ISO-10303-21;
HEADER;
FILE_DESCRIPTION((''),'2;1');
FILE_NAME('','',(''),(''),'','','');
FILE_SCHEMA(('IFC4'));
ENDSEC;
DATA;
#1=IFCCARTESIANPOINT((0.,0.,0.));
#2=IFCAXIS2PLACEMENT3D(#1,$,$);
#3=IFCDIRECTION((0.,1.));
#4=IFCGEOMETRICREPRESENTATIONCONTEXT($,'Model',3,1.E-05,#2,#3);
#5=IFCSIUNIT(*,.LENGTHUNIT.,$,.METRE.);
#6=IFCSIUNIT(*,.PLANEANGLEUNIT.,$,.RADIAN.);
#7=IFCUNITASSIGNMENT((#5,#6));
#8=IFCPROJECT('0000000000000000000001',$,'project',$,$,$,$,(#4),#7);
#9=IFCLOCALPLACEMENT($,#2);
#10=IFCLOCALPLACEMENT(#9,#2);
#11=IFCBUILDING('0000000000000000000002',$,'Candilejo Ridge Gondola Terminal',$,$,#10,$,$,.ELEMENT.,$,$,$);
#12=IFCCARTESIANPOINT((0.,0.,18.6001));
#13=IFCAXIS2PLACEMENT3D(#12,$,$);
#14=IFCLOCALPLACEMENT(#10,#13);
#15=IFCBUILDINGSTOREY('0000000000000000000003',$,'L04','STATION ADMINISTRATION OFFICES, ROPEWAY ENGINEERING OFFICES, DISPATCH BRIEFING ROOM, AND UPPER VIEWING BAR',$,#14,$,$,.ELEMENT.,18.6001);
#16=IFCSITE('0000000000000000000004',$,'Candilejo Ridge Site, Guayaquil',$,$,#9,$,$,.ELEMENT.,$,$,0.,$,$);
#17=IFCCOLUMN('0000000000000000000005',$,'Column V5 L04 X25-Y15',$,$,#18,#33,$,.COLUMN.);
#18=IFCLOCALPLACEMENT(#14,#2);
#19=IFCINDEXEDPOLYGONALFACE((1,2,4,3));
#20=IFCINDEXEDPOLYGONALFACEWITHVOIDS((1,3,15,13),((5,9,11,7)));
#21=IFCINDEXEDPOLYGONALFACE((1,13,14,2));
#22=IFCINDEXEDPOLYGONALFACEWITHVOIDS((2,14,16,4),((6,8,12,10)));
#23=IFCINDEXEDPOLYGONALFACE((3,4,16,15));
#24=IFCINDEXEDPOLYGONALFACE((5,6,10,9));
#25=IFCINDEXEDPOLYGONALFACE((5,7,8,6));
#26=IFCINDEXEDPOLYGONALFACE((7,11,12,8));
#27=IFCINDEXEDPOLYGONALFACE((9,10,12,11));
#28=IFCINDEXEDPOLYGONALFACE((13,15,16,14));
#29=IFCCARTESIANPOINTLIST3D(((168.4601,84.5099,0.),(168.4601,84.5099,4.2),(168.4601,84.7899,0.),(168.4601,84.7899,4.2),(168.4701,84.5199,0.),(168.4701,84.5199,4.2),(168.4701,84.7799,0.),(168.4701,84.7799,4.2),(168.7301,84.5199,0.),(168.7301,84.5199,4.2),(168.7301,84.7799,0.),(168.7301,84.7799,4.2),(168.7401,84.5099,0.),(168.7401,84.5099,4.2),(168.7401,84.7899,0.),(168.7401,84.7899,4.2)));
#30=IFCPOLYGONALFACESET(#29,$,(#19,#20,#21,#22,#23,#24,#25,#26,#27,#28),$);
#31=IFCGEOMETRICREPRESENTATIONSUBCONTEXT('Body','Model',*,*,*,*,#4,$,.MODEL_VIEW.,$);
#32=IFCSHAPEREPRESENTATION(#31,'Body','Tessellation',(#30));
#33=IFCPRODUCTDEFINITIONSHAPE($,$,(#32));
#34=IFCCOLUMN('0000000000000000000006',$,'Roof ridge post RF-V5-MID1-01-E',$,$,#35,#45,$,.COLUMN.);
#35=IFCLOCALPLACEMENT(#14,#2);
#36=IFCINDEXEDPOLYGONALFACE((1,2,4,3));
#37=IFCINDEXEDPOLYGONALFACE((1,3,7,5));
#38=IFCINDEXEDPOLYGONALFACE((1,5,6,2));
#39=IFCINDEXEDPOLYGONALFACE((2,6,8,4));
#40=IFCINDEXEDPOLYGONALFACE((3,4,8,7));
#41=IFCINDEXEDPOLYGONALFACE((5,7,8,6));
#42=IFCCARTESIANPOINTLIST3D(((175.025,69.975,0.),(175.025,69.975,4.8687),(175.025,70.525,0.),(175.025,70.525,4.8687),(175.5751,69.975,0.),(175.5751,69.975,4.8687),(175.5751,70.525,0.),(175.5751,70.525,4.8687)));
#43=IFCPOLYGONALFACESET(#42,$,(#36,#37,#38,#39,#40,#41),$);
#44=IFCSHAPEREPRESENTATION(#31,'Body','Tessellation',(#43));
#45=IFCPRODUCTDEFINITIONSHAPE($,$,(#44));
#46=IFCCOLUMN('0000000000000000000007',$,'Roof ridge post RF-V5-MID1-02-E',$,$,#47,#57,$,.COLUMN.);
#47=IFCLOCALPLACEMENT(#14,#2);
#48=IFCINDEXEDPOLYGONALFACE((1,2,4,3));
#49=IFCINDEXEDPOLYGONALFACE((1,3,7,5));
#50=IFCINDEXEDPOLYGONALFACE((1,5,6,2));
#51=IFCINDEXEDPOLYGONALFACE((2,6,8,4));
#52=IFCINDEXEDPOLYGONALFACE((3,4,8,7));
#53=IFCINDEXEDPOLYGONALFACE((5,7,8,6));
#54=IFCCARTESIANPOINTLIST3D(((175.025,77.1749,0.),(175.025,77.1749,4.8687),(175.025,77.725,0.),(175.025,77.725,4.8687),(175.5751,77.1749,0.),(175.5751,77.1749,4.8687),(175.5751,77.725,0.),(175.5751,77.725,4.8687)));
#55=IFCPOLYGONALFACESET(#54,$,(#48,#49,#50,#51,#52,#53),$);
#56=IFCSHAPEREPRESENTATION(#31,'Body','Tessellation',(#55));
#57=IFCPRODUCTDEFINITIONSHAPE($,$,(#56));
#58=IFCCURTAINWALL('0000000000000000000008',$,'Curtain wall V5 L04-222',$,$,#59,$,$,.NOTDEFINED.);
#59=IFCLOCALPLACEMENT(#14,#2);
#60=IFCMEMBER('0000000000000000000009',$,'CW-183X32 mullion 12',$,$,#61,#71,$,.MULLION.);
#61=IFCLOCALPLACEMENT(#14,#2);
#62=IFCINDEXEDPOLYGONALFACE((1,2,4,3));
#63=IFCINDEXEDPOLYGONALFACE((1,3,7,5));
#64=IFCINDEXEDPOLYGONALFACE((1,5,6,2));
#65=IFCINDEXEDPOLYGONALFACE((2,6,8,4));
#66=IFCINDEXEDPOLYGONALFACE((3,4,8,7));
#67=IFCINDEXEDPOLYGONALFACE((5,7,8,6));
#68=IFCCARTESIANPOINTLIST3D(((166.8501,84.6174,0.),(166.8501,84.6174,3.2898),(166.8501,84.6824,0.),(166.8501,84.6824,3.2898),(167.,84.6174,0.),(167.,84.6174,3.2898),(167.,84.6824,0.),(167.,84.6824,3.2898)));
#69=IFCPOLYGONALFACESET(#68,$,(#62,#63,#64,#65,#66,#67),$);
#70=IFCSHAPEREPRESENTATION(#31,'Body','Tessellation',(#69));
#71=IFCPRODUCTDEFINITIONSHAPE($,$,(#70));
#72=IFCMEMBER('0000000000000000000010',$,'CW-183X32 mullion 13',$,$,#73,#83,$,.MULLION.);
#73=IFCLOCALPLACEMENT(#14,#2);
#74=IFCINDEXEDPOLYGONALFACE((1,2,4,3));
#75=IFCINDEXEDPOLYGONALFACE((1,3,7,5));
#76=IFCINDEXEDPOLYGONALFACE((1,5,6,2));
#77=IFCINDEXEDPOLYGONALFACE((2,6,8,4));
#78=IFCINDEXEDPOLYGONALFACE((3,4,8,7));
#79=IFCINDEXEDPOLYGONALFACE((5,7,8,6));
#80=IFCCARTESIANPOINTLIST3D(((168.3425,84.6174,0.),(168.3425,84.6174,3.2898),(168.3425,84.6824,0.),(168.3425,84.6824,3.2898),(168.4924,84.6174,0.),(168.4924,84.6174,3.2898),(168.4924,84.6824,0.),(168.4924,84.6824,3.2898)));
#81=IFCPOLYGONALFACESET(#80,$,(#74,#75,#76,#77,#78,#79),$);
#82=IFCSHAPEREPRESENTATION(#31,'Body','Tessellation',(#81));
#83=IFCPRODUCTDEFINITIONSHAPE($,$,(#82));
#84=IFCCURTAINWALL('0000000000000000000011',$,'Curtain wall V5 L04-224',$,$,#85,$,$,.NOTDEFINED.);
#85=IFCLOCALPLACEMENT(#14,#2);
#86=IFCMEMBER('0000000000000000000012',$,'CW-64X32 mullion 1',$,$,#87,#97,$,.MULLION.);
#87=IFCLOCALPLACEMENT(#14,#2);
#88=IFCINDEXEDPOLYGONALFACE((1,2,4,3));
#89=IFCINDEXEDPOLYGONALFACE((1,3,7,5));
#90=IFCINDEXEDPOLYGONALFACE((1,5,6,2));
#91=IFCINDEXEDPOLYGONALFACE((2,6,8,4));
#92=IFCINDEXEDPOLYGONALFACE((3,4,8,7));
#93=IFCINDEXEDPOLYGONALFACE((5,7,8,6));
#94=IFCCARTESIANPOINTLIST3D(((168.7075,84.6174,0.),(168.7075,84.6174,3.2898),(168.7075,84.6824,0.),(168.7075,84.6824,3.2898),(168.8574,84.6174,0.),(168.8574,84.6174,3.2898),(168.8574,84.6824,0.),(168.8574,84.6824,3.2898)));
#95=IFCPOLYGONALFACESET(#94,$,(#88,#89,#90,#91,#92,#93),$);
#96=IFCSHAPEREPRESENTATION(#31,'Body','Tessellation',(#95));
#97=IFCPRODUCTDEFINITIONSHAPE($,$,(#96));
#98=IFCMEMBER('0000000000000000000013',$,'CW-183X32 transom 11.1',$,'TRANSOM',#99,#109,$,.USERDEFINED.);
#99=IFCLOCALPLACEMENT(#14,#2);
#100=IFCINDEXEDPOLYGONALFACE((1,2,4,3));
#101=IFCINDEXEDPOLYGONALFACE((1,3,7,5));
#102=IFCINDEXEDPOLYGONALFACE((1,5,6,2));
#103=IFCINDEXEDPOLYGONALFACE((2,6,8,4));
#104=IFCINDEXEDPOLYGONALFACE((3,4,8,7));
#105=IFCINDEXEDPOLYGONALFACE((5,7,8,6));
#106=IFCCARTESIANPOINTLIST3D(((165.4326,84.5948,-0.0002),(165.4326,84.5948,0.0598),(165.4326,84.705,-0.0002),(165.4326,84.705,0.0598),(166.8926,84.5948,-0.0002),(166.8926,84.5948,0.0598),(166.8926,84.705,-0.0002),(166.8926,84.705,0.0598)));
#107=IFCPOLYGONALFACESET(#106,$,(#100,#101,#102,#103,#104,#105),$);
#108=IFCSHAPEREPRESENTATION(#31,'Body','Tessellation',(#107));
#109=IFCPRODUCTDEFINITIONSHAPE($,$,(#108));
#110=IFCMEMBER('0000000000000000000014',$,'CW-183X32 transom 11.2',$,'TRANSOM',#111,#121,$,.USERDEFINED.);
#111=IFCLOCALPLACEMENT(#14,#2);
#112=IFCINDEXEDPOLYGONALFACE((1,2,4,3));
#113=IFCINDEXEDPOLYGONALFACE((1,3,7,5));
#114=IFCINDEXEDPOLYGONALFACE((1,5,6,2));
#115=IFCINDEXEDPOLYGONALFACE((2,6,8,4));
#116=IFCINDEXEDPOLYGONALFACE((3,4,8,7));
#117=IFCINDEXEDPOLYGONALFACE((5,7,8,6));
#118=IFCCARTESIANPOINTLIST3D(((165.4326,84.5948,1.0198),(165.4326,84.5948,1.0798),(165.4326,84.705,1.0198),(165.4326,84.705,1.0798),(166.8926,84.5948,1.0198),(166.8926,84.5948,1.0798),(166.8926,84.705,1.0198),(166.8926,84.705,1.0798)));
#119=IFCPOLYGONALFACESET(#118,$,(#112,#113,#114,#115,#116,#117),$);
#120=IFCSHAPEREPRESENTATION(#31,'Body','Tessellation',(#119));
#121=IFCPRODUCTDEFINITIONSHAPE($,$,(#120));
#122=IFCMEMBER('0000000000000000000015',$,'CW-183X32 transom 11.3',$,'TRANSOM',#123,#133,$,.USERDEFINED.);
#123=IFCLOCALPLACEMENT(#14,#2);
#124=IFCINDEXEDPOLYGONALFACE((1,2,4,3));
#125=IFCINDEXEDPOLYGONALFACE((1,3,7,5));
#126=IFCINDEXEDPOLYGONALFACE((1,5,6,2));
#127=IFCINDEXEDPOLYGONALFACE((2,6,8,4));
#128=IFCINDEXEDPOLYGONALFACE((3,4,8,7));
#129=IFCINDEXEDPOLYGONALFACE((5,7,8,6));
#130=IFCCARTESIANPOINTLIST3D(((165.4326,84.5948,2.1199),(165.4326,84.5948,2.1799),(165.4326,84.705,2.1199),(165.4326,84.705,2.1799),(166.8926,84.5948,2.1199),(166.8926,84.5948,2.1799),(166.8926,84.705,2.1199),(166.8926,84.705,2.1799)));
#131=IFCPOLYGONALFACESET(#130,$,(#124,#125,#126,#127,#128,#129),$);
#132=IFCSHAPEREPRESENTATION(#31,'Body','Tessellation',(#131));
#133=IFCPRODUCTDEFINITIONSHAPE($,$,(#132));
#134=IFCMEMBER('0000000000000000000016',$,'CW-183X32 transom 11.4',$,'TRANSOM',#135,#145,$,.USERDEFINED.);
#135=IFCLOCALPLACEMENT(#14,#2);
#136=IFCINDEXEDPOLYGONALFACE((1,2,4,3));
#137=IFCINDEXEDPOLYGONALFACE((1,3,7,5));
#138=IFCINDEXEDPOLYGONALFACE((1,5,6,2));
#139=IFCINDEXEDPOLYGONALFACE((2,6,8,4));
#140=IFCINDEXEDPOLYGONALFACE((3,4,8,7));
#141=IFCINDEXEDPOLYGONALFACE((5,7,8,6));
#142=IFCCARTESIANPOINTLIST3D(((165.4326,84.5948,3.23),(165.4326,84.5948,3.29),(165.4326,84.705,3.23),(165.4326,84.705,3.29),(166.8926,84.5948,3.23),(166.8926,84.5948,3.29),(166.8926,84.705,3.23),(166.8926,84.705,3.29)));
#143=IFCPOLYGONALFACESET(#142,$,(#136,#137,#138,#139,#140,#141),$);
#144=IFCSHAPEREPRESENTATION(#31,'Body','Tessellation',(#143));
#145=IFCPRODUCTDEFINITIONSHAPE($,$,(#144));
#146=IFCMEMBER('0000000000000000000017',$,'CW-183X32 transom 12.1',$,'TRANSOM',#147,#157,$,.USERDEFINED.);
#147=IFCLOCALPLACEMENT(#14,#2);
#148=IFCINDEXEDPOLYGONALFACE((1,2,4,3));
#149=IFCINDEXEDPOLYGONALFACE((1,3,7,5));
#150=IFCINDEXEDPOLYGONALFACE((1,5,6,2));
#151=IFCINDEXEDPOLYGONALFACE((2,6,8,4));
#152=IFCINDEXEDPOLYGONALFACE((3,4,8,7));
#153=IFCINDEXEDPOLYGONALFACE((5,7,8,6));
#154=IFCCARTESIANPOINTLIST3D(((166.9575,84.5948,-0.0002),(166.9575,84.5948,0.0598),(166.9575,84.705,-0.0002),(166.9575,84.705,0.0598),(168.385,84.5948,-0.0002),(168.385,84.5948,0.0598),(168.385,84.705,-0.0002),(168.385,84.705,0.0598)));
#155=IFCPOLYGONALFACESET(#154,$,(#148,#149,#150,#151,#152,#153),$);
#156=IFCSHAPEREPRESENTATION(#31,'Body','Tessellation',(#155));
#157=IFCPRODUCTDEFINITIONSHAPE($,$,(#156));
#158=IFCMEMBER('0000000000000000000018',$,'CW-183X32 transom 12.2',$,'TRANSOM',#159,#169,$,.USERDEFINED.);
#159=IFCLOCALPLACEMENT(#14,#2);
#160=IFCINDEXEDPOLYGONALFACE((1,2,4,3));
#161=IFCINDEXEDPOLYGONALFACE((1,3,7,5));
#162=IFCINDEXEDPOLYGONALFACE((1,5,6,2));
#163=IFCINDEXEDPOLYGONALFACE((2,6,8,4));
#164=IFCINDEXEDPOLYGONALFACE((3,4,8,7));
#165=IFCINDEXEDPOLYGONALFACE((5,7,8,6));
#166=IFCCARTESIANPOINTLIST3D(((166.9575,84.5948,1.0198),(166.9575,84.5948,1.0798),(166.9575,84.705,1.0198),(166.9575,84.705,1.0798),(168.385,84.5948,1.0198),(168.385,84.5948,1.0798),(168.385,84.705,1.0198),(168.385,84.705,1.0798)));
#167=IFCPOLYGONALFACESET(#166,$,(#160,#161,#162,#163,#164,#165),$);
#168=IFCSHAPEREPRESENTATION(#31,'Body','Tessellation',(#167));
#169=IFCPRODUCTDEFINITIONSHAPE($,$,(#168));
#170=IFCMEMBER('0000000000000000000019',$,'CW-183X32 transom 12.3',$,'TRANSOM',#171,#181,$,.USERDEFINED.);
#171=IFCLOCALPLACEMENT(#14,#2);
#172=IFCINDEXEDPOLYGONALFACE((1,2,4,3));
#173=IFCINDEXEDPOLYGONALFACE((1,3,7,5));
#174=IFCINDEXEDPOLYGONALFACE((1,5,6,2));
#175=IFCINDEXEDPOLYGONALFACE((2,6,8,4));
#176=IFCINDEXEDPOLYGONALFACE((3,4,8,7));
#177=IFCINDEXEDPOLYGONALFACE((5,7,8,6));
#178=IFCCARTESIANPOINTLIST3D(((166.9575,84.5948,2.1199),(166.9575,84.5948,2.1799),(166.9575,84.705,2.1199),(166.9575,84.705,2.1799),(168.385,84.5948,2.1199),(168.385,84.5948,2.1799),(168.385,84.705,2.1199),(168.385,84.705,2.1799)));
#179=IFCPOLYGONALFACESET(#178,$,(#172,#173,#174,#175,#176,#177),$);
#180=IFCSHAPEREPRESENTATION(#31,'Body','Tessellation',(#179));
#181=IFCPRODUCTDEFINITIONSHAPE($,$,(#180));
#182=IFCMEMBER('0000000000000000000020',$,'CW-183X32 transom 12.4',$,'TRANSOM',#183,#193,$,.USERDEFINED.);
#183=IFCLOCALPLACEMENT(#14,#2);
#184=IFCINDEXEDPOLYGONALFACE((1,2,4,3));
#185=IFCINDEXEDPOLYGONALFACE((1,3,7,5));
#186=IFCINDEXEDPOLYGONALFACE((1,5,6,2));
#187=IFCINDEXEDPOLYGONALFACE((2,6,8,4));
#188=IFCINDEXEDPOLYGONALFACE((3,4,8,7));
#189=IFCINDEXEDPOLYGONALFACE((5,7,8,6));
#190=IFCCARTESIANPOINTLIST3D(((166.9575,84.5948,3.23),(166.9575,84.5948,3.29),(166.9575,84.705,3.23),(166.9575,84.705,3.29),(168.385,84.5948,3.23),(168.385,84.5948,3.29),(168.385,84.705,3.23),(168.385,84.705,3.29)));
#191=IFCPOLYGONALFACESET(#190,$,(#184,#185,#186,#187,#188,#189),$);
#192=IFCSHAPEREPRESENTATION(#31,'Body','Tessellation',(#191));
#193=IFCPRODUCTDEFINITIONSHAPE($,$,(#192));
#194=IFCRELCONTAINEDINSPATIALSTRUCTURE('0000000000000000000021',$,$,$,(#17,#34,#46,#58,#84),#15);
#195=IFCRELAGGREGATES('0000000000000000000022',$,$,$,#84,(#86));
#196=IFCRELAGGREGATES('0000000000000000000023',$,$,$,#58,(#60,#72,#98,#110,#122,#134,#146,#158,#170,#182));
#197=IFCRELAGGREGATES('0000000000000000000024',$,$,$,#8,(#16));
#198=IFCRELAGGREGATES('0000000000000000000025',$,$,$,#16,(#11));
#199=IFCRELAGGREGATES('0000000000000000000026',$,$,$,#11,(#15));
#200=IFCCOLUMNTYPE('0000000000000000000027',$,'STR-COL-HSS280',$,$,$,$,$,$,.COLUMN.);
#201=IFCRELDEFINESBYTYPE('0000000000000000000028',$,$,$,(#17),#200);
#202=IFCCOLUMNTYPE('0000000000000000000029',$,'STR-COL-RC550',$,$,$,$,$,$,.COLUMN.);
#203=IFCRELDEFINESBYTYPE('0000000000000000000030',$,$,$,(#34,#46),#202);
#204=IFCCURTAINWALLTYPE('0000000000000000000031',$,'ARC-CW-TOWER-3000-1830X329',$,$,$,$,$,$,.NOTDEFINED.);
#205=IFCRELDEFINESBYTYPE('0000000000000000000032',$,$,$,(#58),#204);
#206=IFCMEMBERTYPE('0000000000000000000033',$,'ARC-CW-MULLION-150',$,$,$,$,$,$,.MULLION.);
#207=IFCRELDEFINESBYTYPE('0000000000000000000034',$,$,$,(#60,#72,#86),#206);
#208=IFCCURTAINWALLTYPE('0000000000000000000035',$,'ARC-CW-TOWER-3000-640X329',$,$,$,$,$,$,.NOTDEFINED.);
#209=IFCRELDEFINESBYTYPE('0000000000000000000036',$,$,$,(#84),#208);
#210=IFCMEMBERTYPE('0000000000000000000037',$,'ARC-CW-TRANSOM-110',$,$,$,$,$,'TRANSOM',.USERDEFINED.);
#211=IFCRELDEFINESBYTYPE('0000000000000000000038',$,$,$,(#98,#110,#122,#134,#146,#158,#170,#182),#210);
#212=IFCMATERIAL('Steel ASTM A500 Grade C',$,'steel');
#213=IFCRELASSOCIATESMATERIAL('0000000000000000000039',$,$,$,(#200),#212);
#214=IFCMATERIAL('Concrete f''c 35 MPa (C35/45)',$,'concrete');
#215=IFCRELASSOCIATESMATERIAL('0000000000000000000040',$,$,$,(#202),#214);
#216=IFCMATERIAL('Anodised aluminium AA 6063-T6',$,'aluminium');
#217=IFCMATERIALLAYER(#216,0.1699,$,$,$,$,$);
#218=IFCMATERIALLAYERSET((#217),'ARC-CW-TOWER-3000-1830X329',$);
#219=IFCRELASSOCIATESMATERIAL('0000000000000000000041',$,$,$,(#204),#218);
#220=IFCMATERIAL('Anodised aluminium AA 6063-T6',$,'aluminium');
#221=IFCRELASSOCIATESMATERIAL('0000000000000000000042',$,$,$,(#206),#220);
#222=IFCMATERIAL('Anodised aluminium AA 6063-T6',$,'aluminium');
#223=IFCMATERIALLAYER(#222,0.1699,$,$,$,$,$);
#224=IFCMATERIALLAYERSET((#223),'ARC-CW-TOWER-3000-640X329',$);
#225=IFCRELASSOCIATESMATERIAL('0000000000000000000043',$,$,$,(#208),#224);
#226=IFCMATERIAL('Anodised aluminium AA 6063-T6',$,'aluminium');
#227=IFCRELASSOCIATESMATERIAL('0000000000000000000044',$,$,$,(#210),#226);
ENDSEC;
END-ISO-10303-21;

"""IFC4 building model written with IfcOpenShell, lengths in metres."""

from ifc_helpers import new_model, si_unit, direction, frame, origin, origin_2d, place, context, subcontext, project, spatial, rectangle, hollow_rectangle, extrude, material, layer, layer_set, material_profile, profile_set, type_object, element, aggregate, save


model = new_model("IFC4")

# Units and contexts
model_context = context("Model", 3, precision=1e-05, world=origin(), true_north=direction((0.0, 1.0)))
body_context = subcontext(model_context, "Body", "Model", "MODEL_VIEW")
ifc_project = project(units=[si_unit("LENGTHUNIT", "METRE"), si_unit("PLANEANGLEUNIT", "RADIAN")], contexts=[model_context])

# Site, building, storey
site_placement = place(None, origin())
site = spatial("IfcSite", under=ifc_project, at=site_placement, Name="Candilejo Ridge Site, Guayaquil", CompositionType="ELEMENT", RefElevation=0.0)
building_placement = place(site_placement, origin())
building = spatial("IfcBuilding", under=site, at=building_placement, Name="Candilejo Ridge Gondola Terminal", CompositionType="ELEMENT")
storey_placement = place(building_placement, frame((0.0, 0.0, 18.6001)))
storey = spatial("IfcBuildingStorey", under=building, at=storey_placement, Name="L04", Description="STATION ADMINISTRATION OFFICES, ROPEWAY ENGINEERING OFFICES, DISPATCH BRIEFING ROOM, AND UPPER VIEWING BAR", CompositionType="ELEMENT", Elevation=18.6001)

# Columns
ifc_material_1 = material(Name="Steel ASTM A500 Grade C", Category="steel")
ifc_material_profile_1 = material_profile(ifc_material_1, hollow_rectangle(XDim=0.28, YDim=0.28, WallThickness=0.01, at=origin_2d()))
ifc_profile_set_1 = profile_set([ifc_material_profile_1], Name="Steel ASTM A500 Grade C")
column_type_1 = type_object("IfcColumnType", Name="STR-COL-HSS280", PredefinedType="COLUMN", material=ifc_profile_set_1)
column_placement = place(storey_placement, frame((168.6001, 84.6499, 0.0), z_axis=(0.0, 0.0, 1.0), x_axis=(1.0, 0.0, 0.0)))
element("IfcColumn", 1, at=column_placement, inside=storey, type_object=column_type_1, Name="Column V5 L04 X25-Y15", PredefinedType="COLUMN", context=body_context, shape_type="SweptSolid", body=[
    extrude(hollow_rectangle(XDim=0.28, YDim=0.28, WallThickness=0.01, at=origin_2d()), origin(), (0.0, 0.0, 1.0), 4.2),
])
ifc_material_2 = material(Name="Concrete f'c 35 MPa (C35/45)", Category="concrete")
ifc_material_profile_2 = material_profile(ifc_material_2, rectangle(XDim=0.55, YDim=0.55, at=origin_2d()))
ifc_profile_set_2 = profile_set([ifc_material_profile_2], Name="Concrete f'c 35 MPa (C35/45)")
column_type_2 = type_object("IfcColumnType", Name="STR-COL-RC550", PredefinedType="COLUMN", material=ifc_profile_set_2)
for number, where, z_axis, x_axis, name in (
    (2, (175.3, 70.25, 0.0), (0.0, 0.0, 1.0), (1.0, 0.0, 0.0), "Roof ridge post RF-V5-MID1-01-E"),
    (3, (175.3, 77.45, 0.0), (0.0, 0.0, 1.0), (1.0, 0.0, 0.0), "Roof ridge post RF-V5-MID1-02-E"),
):
    element("IfcColumn", number, at=place(storey_placement, frame(where, z_axis=z_axis, x_axis=x_axis)), inside=storey, type_object=column_type_2, Name=name, PredefinedType="COLUMN", context=body_context, shape_type="SweptSolid", body=[
        extrude(rectangle(XDim=0.55, YDim=0.55, at=origin_2d()), origin(), (0.0, 0.0, 1.0), 4.8687),
    ])

# Curtain wall, members
ifc_material_3 = material(Name="Anodised aluminium AA 6063-T6", Category="aluminium")
ifc_layer_1 = layer(ifc_material_3, 0.1699)
ifc_layer_set_1 = layer_set([ifc_layer_1], Name="ARC-CW-TOWER-3000-1830X329")
curtain_wall_type_1 = type_object("IfcCurtainWallType", Name="ARC-CW-TOWER-3000-1830X329", PredefinedType="NOTDEFINED", material=ifc_layer_set_1)
curtain_wall_1_placement = place(storey_placement, origin())
curtain_wall_1 = element("IfcCurtainWall", 4, at=curtain_wall_1_placement, inside=storey, type_object=curtain_wall_type_1, Name="Curtain wall V5 L04-222", PredefinedType="NOTDEFINED")
ifc_material_4 = material(Name="Anodised aluminium AA 6063-T6", Category="aluminium")
ifc_material_profile_3 = material_profile(ifc_material_4, rectangle(XDim=0.0649, YDim=0.1499, at=origin_2d()))
ifc_profile_set_3 = profile_set([ifc_material_profile_3], Name="Anodised aluminium AA 6063-T6")
member_type_1 = type_object("IfcMemberType", Name="ARC-CW-MULLION-150", PredefinedType="MULLION", material=ifc_profile_set_3)
member_1_placement = place(storey_placement, frame((166.925, 84.6499, 0.0), z_axis=(0.0, 0.0, 1.0), x_axis=(0.0, 1.0, 0.0)))
member_1 = element("IfcMember", 5, at=member_1_placement, type_object=member_type_1, Name="CW-183X32 mullion 12", PredefinedType="MULLION", context=body_context, shape_type="SweptSolid", body=[
    extrude(rectangle(XDim=0.0649, YDim=0.1499, at=origin_2d()), origin(), (0.0, 0.0, 1.0), 3.2898),
])
member_2_placement = place(storey_placement, frame((168.4175, 84.6499, 0.0), z_axis=(0.0, 0.0, 1.0), x_axis=(0.0, 1.0, 0.0)))
member_2 = element("IfcMember", 6, at=member_2_placement, type_object=member_type_1, Name="CW-183X32 mullion 13", PredefinedType="MULLION", context=body_context, shape_type="SweptSolid", body=[
    extrude(rectangle(XDim=0.0649, YDim=0.1499, at=origin_2d()), origin(), (0.0, 0.0, 1.0), 3.2898),
])

# Curtain wall, member
ifc_material_5 = material(Name="Anodised aluminium AA 6063-T6", Category="aluminium")
ifc_layer_2 = layer(ifc_material_5, 0.1699)
ifc_layer_set_2 = layer_set([ifc_layer_2], Name="ARC-CW-TOWER-3000-640X329")
curtain_wall_type_2 = type_object("IfcCurtainWallType", Name="ARC-CW-TOWER-3000-640X329", PredefinedType="NOTDEFINED", material=ifc_layer_set_2)
curtain_wall_2_placement = place(storey_placement, origin())
curtain_wall_2 = element("IfcCurtainWall", 7, at=curtain_wall_2_placement, inside=storey, type_object=curtain_wall_type_2, Name="Curtain wall V5 L04-224", PredefinedType="NOTDEFINED")
member_3_placement = place(storey_placement, frame((168.7825, 84.6499, 0.0), z_axis=(0.0, 0.0, 1.0), x_axis=(0.0, 1.0, 0.0)))
member_3 = element("IfcMember", 8, at=member_3_placement, type_object=member_type_1, Name="CW-64X32 mullion 1", PredefinedType="MULLION", context=body_context, shape_type="SweptSolid", body=[
    extrude(rectangle(XDim=0.0649, YDim=0.1499, at=origin_2d()), origin(), (0.0, 0.0, 1.0), 3.2898),
])

# Members
ifc_material_6 = material(Name="Anodised aluminium AA 6063-T6", Category="aluminium")
ifc_material_profile_4 = material_profile(ifc_material_6, rectangle(XDim=0.1101, YDim=0.0601, at=origin_2d()))
ifc_profile_set_4 = profile_set([ifc_material_profile_4], Name="Anodised aluminium AA 6063-T6")
member_type_2 = type_object("IfcMemberType", Name="ARC-CW-TRANSOM-110", ElementType="TRANSOM", PredefinedType="USERDEFINED", material=ifc_profile_set_4)
member_4_placement = place(storey_placement, frame((165.4326, 84.6499, 0.0298), z_axis=(1.0, 0.0, 0.0), x_axis=(0.0, 1.0, 0.0)))
member_4 = element("IfcMember", 9, at=member_4_placement, type_object=member_type_2, Name="CW-183X32 transom 11.1", ObjectType="TRANSOM", PredefinedType="USERDEFINED", context=body_context, shape_type="SweptSolid", body=[
    extrude(rectangle(XDim=0.1101, YDim=0.0601, at=origin_2d()), origin(), (0.0, 0.0, 1.0), 1.46),
])
member_5_placement = place(storey_placement, frame((165.4326, 84.6499, 1.0498), z_axis=(1.0, 0.0, 0.0), x_axis=(0.0, 1.0, 0.0)))
member_5 = element("IfcMember", 10, at=member_5_placement, type_object=member_type_2, Name="CW-183X32 transom 11.2", ObjectType="TRANSOM", PredefinedType="USERDEFINED", context=body_context, shape_type="SweptSolid", body=[
    extrude(rectangle(XDim=0.1101, YDim=0.0601, at=origin_2d()), origin(), (0.0, 0.0, 1.0), 1.46),
])
member_6_placement = place(storey_placement, frame((165.4326, 84.6499, 2.1499), z_axis=(1.0, 0.0, 0.0), x_axis=(0.0, 1.0, 0.0)))
member_6 = element("IfcMember", 11, at=member_6_placement, type_object=member_type_2, Name="CW-183X32 transom 11.3", ObjectType="TRANSOM", PredefinedType="USERDEFINED", context=body_context, shape_type="SweptSolid", body=[
    extrude(rectangle(XDim=0.1101, YDim=0.0601, at=origin_2d()), origin(), (0.0, 0.0, 1.0), 1.46),
])
member_7_placement = place(storey_placement, frame((165.4326, 84.6499, 3.26), z_axis=(1.0, 0.0, 0.0), x_axis=(0.0, 1.0, 0.0)))
member_7 = element("IfcMember", 12, at=member_7_placement, type_object=member_type_2, Name="CW-183X32 transom 11.4", ObjectType="TRANSOM", PredefinedType="USERDEFINED", context=body_context, shape_type="SweptSolid", body=[
    extrude(rectangle(XDim=0.1101, YDim=0.0601, at=origin_2d()), origin(), (0.0, 0.0, 1.0), 1.46),
])
member_8_placement = place(storey_placement, frame((166.9575, 84.6499, 0.0298), z_axis=(1.0, 0.0, 0.0), x_axis=(0.0, 1.0, 0.0)))
member_8 = element("IfcMember", 13, at=member_8_placement, type_object=member_type_2, Name="CW-183X32 transom 12.1", ObjectType="TRANSOM", PredefinedType="USERDEFINED", context=body_context, shape_type="SweptSolid", body=[
    extrude(rectangle(XDim=0.1101, YDim=0.0601, at=origin_2d()), origin(), (0.0, 0.0, 1.0), 1.4275),
])
member_9_placement = place(storey_placement, frame((166.9575, 84.6499, 1.0498), z_axis=(1.0, 0.0, 0.0), x_axis=(0.0, 1.0, 0.0)))
member_9 = element("IfcMember", 14, at=member_9_placement, type_object=member_type_2, Name="CW-183X32 transom 12.2", ObjectType="TRANSOM", PredefinedType="USERDEFINED", context=body_context, shape_type="SweptSolid", body=[
    extrude(rectangle(XDim=0.1101, YDim=0.0601, at=origin_2d()), origin(), (0.0, 0.0, 1.0), 1.4275),
])
member_10_placement = place(storey_placement, frame((166.9575, 84.6499, 2.1499), z_axis=(1.0, 0.0, 0.0), x_axis=(0.0, 1.0, 0.0)))
member_10 = element("IfcMember", 15, at=member_10_placement, type_object=member_type_2, Name="CW-183X32 transom 12.3", ObjectType="TRANSOM", PredefinedType="USERDEFINED", context=body_context, shape_type="SweptSolid", body=[
    extrude(rectangle(XDim=0.1101, YDim=0.0601, at=origin_2d()), origin(), (0.0, 0.0, 1.0), 1.4275),
])
member_11_placement = place(storey_placement, frame((166.9575, 84.6499, 3.26), z_axis=(1.0, 0.0, 0.0), x_axis=(0.0, 1.0, 0.0)))
member_11 = element("IfcMember", 16, at=member_11_placement, type_object=member_type_2, Name="CW-183X32 transom 12.4", ObjectType="TRANSOM", PredefinedType="USERDEFINED", context=body_context, shape_type="SweptSolid", body=[
    extrude(rectangle(XDim=0.1101, YDim=0.0601, at=origin_2d()), origin(), (0.0, 0.0, 1.0), 1.4275),
])
aggregate(curtain_wall_2, [member_3])

aggregate(curtain_wall_1, [member_1, member_2, member_4, member_5, member_6, member_7, member_8, member_9, member_10, member_11])

save(model, "model.ifc")
